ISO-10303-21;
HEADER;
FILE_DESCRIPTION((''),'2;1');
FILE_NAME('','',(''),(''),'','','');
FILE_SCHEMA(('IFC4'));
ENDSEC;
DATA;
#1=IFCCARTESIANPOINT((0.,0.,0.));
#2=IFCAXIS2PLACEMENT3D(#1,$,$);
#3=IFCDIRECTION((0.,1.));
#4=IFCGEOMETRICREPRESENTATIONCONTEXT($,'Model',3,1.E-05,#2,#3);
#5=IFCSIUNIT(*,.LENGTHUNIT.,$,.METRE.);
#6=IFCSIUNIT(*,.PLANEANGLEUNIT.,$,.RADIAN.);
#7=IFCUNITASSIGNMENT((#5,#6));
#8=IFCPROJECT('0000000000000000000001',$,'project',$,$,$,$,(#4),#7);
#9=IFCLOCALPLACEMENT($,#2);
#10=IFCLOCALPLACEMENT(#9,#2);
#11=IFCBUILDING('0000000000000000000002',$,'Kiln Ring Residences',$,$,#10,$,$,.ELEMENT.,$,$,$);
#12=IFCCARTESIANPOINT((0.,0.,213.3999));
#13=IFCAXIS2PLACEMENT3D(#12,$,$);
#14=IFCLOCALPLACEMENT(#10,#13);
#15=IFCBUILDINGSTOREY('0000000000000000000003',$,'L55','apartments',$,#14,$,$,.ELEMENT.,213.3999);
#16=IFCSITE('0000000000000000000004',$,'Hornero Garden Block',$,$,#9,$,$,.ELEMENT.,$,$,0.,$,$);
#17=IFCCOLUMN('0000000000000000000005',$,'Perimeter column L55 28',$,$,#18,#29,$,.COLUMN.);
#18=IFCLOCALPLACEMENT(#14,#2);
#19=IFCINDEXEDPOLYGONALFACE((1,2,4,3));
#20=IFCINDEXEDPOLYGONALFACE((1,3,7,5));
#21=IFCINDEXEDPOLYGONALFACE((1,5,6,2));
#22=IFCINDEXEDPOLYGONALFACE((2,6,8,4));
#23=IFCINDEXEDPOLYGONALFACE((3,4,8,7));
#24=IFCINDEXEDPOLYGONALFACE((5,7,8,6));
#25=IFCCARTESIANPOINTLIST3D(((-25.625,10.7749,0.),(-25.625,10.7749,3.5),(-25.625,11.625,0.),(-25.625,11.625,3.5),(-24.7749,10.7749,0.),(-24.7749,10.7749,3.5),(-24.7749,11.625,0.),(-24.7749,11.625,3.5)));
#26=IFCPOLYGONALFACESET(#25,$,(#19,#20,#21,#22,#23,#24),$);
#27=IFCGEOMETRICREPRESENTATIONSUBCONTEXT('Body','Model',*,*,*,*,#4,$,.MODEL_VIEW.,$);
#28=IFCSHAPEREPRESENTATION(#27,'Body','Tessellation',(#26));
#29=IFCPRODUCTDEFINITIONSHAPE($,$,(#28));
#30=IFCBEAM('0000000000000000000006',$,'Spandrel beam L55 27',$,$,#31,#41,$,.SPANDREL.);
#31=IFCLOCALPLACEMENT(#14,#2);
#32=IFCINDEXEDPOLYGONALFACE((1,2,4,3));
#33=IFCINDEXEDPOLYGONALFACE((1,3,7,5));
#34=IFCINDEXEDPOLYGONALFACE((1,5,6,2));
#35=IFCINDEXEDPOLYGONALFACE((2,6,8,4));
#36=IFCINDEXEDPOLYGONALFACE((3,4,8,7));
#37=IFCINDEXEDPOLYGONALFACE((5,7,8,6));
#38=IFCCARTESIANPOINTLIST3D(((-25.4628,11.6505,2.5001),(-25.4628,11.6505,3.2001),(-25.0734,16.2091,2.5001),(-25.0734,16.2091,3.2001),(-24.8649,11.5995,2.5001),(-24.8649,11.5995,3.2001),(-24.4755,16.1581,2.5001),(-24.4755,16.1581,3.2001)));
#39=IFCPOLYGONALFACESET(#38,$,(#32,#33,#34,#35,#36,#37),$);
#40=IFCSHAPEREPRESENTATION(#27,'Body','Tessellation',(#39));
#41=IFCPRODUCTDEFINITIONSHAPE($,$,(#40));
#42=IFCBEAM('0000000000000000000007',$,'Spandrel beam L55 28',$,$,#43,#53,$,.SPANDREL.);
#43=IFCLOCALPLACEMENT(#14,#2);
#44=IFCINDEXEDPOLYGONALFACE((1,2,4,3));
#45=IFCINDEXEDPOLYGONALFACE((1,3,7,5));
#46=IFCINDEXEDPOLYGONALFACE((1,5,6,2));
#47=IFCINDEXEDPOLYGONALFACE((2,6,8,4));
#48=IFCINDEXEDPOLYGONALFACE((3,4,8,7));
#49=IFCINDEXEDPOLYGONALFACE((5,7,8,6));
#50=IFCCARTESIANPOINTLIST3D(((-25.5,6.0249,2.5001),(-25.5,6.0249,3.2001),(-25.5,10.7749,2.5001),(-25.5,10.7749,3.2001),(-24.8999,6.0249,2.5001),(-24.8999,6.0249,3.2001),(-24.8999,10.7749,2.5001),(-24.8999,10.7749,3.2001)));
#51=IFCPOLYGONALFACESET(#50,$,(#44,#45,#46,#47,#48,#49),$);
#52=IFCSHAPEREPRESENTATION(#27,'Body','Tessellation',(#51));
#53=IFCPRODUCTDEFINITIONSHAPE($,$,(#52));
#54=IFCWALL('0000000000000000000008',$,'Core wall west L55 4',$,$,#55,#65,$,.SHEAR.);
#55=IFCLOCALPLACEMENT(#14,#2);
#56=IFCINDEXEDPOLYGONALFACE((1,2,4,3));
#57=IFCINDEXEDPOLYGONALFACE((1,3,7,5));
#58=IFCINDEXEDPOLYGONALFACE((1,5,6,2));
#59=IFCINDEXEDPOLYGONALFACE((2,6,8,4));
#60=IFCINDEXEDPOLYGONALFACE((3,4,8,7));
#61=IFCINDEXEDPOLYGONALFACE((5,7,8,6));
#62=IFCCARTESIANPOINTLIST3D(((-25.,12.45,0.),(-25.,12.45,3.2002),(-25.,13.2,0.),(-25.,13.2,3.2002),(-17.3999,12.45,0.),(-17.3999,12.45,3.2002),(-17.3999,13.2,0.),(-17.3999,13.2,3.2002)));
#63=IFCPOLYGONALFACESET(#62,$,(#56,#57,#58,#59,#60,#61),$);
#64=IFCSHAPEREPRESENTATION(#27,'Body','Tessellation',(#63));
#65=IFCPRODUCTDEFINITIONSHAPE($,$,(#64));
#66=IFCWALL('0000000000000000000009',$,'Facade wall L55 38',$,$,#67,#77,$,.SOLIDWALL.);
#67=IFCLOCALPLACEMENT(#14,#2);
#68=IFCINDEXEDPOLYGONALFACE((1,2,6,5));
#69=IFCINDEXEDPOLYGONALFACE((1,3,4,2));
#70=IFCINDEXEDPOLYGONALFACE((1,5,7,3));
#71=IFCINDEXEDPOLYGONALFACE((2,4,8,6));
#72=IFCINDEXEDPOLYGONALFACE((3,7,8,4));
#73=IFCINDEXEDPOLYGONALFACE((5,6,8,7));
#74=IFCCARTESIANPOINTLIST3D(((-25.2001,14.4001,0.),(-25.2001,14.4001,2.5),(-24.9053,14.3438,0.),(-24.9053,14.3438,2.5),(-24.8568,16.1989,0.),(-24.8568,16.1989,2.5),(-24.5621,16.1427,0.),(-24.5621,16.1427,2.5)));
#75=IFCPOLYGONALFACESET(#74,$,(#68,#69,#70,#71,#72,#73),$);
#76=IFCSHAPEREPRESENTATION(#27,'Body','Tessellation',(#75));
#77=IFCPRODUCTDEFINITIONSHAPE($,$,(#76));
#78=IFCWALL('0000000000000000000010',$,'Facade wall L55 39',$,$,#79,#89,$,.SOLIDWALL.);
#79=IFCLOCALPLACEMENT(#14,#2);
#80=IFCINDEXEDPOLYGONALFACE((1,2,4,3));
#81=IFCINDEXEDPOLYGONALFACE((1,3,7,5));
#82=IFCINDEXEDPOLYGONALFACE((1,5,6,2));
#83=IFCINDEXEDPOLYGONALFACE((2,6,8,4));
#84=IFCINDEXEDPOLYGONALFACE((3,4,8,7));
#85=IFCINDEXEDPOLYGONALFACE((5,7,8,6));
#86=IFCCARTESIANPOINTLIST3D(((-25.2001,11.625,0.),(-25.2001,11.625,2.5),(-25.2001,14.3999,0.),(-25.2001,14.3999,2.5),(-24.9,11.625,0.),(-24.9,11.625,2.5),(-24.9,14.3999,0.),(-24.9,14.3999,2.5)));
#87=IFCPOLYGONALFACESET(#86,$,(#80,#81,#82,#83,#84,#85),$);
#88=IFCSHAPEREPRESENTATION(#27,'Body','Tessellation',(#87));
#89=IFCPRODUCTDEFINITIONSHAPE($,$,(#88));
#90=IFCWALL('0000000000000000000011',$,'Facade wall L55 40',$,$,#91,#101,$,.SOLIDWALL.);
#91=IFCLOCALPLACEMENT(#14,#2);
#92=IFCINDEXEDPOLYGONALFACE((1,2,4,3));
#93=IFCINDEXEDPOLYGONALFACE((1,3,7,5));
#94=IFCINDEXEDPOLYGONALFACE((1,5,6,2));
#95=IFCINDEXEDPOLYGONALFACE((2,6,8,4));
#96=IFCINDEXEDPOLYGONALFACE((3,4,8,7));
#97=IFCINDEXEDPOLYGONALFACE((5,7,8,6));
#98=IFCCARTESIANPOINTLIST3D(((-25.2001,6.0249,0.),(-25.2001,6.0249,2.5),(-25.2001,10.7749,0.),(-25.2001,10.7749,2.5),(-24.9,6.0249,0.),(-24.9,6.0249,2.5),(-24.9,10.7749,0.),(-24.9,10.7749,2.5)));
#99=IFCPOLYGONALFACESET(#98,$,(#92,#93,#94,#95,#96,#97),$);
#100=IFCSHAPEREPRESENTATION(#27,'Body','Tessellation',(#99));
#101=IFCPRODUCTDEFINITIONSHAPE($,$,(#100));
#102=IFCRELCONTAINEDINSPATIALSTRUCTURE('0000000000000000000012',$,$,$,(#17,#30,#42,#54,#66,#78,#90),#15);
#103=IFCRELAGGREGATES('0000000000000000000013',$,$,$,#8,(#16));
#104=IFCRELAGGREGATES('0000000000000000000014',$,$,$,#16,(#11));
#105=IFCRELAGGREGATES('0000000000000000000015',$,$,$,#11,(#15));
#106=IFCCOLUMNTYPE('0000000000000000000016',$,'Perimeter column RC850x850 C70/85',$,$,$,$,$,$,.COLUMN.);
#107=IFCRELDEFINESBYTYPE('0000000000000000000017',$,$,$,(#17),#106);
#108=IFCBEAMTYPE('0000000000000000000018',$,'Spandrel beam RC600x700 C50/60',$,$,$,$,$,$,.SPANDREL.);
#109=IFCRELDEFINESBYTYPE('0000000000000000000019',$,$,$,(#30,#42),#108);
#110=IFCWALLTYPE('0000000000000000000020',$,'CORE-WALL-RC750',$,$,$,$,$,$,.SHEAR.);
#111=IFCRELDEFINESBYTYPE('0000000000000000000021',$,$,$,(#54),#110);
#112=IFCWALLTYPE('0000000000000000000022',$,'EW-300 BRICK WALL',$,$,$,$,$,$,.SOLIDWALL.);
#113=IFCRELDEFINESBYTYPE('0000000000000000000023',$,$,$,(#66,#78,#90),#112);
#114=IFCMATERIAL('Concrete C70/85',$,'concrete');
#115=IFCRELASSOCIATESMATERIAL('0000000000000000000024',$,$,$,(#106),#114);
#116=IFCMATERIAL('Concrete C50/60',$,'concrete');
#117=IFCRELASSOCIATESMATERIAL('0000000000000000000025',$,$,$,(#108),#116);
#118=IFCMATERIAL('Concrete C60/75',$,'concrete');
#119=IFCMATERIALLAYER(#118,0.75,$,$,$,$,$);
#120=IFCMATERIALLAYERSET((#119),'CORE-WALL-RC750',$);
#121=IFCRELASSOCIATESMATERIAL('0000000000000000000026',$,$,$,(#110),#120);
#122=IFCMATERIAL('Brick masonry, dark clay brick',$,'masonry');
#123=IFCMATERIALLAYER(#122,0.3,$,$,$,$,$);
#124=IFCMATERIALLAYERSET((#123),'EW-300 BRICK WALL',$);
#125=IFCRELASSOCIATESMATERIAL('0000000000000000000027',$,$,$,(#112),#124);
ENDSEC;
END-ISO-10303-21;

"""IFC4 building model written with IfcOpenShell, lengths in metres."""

from ifc_helpers import new_model, si_unit, direction, frame, frame_2d, origin, origin_2d, place, context, subcontext, project, spatial, rectangle, extrude, material, layer, layer_set, material_profile, profile_set, type_object, element, save


model = new_model("IFC4")

# Units and contexts
model_context = context("Model", 3, precision=1e-05, world=origin(), true_north=direction((0.0, 1.0)))
body_context = subcontext(model_context, "Body", "Model", "MODEL_VIEW")
ifc_project = project(units=[si_unit("LENGTHUNIT", "METRE"), si_unit("PLANEANGLEUNIT", "RADIAN")], contexts=[model_context])

# Site, building, storey
site_placement = place(None, origin())
site = spatial("IfcSite", under=ifc_project, at=site_placement, Name="Hornero Garden Block", CompositionType="ELEMENT", RefElevation=0.0)
building_placement = place(site_placement, origin())
building = spatial("IfcBuilding", under=site, at=building_placement, Name="Kiln Ring Residences", CompositionType="ELEMENT")
storey_placement = place(building_placement, frame((0.0, 0.0, 213.3999)))
storey = spatial("IfcBuildingStorey", under=building, at=storey_placement, Name="L55", Description="apartments", CompositionType="ELEMENT", Elevation=213.3999)

# Column
ifc_material_1 = material(Name="Concrete C70/85", Category="concrete")
ifc_material_profile_1 = material_profile(ifc_material_1, rectangle(XDim=0.8501, YDim=0.8501, at=origin_2d()), Name="RC850x850")
ifc_profile_set_1 = profile_set([ifc_material_profile_1], Name="Concrete C70/85")
column_type = type_object("IfcColumnType", Name="Perimeter column RC850x850 C70/85", PredefinedType="COLUMN", material=ifc_profile_set_1)
column_placement = place(storey_placement, frame((-25.2, 11.2, 0.0), z_axis=(0.0, 0.0, 1.0), x_axis=(1.0, 0.0, 0.0)))
element("IfcColumn", 1, at=column_placement, inside=storey, type_object=column_type, Name="Perimeter column L55 28", PredefinedType="COLUMN", context=body_context, shape_type="SweptSolid", body=[
    extrude(rectangle(XDim=0.8501, YDim=0.8501, at=origin_2d()), origin(), (0.0, 0.0, 1.0), 3.5),
])

# Beams
ifc_material_2 = material(Name="Concrete C50/60", Category="concrete")
ifc_material_profile_2 = material_profile(ifc_material_2, rectangle(XDim=0.6001, YDim=0.7, at=origin_2d()), Name="RC600x700")
ifc_profile_set_2 = profile_set([ifc_material_profile_2], Name="Concrete C50/60")
beam_type = type_object("IfcBeamType", Name="Spandrel beam RC600x700 C50/60", PredefinedType="SPANDREL", material=ifc_profile_set_2)
beam_1_placement = place(storey_placement, frame((-24.7744, 16.1836, 2.8501), z_axis=(-0.085112, -0.996371, 0.0), x_axis=(0.996371, -0.085112, 0.0)))
element("IfcBeam", 2, at=beam_1_placement, inside=storey, type_object=beam_type, Name="Spandrel beam L55 27", PredefinedType="SPANDREL", context=body_context, shape_type="SweptSolid", body=[
    extrude(rectangle(XDim=0.6001, YDim=0.7, at=origin_2d()), origin(), (0.0, 0.0, 1.0), 4.5752),
])
beam_2_placement = place(storey_placement, frame((-25.2, 10.7749, 2.8501), z_axis=(0.0, -1.0, 0.0), x_axis=(1.0, 0.0, 0.0)))
element("IfcBeam", 3, at=beam_2_placement, inside=storey, type_object=beam_type, Name="Spandrel beam L55 28", PredefinedType="SPANDREL", context=body_context, shape_type="SweptSolid", body=[
    extrude(rectangle(XDim=0.6001, YDim=0.7, at=origin_2d()), origin(), (0.0, 0.0, 1.0), 4.75),
])

# Walls
ifc_material_3 = material(Name="Concrete C60/75", Category="concrete")
ifc_layer_1 = layer(ifc_material_3, 0.75)
ifc_layer_set_1 = layer_set([ifc_layer_1], Name="CORE-WALL-RC750")
wall_type_1 = type_object("IfcWallType", Name="CORE-WALL-RC750", PredefinedType="SHEAR", material=ifc_layer_set_1)
wall_1_placement = place(storey_placement, frame((-17.3999, 12.825, 0.0), z_axis=(0.0, 0.0, 1.0), x_axis=(-1.0, 0.0, 0.0)))
element("IfcWall", 4, at=wall_1_placement, inside=storey, type_object=wall_type_1, Name="Core wall west L55 4", PredefinedType="SHEAR", context=body_context, shape_type="SweptSolid", body=[
    extrude(rectangle(XDim=7.6001, YDim=0.75, at=frame_2d((3.8, 0.0))), origin(), (0.0, 0.0, 1.0), 3.2002),
])
ifc_material_4 = material(Name="Brick masonry, dark clay brick", Category="masonry")
ifc_layer_2 = layer(ifc_material_4, 0.3)
ifc_layer_set_2 = layer_set([ifc_layer_2], Name="EW-300 BRICK WALL")
wall_type_2 = type_object("IfcWallType", Name="EW-300 BRICK WALL", PredefinedType="SOLIDWALL", material=ifc_layer_set_2)
wall_2_placement = place(storey_placement, frame((-24.7095, 16.1707, 0.0), z_axis=(0.0, 0.0, 1.0), x_axis=(-0.187443, -0.982275, 0.0)))
element("IfcWall", 5, at=wall_2_placement, inside=storey, type_object=wall_type_2, Name="Facade wall L55 38", PredefinedType="SOLIDWALL", context=body_context, shape_type="SweptSolid", body=[
    extrude(rectangle(XDim=1.8313, YDim=0.3, at=frame_2d((0.9155, 0.0))), origin(), (0.0, 0.0, 1.0), 2.5),
])
wall_3_placement = place(storey_placement, frame((-25.05, 14.3999, 0.0), z_axis=(0.0, 0.0, 1.0), x_axis=(0.0, -1.0, 0.0)))
element("IfcWall", 6, at=wall_3_placement, inside=storey, type_object=wall_type_2, Name="Facade wall L55 39", PredefinedType="SOLIDWALL", context=body_context, shape_type="SweptSolid", body=[
    extrude(rectangle(XDim=2.7749, YDim=0.3, at=frame_2d((1.3875, 0.0))), origin(), (0.0, 0.0, 1.0), 2.5),
])
wall_4_placement = place(storey_placement, frame((-25.05, 10.7749, 0.0), z_axis=(0.0, 0.0, 1.0), x_axis=(0.0, -1.0, 0.0)))
element("IfcWall", 7, at=wall_4_placement, inside=storey, type_object=wall_type_2, Name="Facade wall L55 40", PredefinedType="SOLIDWALL", context=body_context, shape_type="SweptSolid", body=[
    extrude(rectangle(XDim=4.75, YDim=0.3, at=frame_2d((2.375, 0.0))), origin(), (0.0, 0.0, 1.0), 2.5),
])

save(model, "model.ifc")
